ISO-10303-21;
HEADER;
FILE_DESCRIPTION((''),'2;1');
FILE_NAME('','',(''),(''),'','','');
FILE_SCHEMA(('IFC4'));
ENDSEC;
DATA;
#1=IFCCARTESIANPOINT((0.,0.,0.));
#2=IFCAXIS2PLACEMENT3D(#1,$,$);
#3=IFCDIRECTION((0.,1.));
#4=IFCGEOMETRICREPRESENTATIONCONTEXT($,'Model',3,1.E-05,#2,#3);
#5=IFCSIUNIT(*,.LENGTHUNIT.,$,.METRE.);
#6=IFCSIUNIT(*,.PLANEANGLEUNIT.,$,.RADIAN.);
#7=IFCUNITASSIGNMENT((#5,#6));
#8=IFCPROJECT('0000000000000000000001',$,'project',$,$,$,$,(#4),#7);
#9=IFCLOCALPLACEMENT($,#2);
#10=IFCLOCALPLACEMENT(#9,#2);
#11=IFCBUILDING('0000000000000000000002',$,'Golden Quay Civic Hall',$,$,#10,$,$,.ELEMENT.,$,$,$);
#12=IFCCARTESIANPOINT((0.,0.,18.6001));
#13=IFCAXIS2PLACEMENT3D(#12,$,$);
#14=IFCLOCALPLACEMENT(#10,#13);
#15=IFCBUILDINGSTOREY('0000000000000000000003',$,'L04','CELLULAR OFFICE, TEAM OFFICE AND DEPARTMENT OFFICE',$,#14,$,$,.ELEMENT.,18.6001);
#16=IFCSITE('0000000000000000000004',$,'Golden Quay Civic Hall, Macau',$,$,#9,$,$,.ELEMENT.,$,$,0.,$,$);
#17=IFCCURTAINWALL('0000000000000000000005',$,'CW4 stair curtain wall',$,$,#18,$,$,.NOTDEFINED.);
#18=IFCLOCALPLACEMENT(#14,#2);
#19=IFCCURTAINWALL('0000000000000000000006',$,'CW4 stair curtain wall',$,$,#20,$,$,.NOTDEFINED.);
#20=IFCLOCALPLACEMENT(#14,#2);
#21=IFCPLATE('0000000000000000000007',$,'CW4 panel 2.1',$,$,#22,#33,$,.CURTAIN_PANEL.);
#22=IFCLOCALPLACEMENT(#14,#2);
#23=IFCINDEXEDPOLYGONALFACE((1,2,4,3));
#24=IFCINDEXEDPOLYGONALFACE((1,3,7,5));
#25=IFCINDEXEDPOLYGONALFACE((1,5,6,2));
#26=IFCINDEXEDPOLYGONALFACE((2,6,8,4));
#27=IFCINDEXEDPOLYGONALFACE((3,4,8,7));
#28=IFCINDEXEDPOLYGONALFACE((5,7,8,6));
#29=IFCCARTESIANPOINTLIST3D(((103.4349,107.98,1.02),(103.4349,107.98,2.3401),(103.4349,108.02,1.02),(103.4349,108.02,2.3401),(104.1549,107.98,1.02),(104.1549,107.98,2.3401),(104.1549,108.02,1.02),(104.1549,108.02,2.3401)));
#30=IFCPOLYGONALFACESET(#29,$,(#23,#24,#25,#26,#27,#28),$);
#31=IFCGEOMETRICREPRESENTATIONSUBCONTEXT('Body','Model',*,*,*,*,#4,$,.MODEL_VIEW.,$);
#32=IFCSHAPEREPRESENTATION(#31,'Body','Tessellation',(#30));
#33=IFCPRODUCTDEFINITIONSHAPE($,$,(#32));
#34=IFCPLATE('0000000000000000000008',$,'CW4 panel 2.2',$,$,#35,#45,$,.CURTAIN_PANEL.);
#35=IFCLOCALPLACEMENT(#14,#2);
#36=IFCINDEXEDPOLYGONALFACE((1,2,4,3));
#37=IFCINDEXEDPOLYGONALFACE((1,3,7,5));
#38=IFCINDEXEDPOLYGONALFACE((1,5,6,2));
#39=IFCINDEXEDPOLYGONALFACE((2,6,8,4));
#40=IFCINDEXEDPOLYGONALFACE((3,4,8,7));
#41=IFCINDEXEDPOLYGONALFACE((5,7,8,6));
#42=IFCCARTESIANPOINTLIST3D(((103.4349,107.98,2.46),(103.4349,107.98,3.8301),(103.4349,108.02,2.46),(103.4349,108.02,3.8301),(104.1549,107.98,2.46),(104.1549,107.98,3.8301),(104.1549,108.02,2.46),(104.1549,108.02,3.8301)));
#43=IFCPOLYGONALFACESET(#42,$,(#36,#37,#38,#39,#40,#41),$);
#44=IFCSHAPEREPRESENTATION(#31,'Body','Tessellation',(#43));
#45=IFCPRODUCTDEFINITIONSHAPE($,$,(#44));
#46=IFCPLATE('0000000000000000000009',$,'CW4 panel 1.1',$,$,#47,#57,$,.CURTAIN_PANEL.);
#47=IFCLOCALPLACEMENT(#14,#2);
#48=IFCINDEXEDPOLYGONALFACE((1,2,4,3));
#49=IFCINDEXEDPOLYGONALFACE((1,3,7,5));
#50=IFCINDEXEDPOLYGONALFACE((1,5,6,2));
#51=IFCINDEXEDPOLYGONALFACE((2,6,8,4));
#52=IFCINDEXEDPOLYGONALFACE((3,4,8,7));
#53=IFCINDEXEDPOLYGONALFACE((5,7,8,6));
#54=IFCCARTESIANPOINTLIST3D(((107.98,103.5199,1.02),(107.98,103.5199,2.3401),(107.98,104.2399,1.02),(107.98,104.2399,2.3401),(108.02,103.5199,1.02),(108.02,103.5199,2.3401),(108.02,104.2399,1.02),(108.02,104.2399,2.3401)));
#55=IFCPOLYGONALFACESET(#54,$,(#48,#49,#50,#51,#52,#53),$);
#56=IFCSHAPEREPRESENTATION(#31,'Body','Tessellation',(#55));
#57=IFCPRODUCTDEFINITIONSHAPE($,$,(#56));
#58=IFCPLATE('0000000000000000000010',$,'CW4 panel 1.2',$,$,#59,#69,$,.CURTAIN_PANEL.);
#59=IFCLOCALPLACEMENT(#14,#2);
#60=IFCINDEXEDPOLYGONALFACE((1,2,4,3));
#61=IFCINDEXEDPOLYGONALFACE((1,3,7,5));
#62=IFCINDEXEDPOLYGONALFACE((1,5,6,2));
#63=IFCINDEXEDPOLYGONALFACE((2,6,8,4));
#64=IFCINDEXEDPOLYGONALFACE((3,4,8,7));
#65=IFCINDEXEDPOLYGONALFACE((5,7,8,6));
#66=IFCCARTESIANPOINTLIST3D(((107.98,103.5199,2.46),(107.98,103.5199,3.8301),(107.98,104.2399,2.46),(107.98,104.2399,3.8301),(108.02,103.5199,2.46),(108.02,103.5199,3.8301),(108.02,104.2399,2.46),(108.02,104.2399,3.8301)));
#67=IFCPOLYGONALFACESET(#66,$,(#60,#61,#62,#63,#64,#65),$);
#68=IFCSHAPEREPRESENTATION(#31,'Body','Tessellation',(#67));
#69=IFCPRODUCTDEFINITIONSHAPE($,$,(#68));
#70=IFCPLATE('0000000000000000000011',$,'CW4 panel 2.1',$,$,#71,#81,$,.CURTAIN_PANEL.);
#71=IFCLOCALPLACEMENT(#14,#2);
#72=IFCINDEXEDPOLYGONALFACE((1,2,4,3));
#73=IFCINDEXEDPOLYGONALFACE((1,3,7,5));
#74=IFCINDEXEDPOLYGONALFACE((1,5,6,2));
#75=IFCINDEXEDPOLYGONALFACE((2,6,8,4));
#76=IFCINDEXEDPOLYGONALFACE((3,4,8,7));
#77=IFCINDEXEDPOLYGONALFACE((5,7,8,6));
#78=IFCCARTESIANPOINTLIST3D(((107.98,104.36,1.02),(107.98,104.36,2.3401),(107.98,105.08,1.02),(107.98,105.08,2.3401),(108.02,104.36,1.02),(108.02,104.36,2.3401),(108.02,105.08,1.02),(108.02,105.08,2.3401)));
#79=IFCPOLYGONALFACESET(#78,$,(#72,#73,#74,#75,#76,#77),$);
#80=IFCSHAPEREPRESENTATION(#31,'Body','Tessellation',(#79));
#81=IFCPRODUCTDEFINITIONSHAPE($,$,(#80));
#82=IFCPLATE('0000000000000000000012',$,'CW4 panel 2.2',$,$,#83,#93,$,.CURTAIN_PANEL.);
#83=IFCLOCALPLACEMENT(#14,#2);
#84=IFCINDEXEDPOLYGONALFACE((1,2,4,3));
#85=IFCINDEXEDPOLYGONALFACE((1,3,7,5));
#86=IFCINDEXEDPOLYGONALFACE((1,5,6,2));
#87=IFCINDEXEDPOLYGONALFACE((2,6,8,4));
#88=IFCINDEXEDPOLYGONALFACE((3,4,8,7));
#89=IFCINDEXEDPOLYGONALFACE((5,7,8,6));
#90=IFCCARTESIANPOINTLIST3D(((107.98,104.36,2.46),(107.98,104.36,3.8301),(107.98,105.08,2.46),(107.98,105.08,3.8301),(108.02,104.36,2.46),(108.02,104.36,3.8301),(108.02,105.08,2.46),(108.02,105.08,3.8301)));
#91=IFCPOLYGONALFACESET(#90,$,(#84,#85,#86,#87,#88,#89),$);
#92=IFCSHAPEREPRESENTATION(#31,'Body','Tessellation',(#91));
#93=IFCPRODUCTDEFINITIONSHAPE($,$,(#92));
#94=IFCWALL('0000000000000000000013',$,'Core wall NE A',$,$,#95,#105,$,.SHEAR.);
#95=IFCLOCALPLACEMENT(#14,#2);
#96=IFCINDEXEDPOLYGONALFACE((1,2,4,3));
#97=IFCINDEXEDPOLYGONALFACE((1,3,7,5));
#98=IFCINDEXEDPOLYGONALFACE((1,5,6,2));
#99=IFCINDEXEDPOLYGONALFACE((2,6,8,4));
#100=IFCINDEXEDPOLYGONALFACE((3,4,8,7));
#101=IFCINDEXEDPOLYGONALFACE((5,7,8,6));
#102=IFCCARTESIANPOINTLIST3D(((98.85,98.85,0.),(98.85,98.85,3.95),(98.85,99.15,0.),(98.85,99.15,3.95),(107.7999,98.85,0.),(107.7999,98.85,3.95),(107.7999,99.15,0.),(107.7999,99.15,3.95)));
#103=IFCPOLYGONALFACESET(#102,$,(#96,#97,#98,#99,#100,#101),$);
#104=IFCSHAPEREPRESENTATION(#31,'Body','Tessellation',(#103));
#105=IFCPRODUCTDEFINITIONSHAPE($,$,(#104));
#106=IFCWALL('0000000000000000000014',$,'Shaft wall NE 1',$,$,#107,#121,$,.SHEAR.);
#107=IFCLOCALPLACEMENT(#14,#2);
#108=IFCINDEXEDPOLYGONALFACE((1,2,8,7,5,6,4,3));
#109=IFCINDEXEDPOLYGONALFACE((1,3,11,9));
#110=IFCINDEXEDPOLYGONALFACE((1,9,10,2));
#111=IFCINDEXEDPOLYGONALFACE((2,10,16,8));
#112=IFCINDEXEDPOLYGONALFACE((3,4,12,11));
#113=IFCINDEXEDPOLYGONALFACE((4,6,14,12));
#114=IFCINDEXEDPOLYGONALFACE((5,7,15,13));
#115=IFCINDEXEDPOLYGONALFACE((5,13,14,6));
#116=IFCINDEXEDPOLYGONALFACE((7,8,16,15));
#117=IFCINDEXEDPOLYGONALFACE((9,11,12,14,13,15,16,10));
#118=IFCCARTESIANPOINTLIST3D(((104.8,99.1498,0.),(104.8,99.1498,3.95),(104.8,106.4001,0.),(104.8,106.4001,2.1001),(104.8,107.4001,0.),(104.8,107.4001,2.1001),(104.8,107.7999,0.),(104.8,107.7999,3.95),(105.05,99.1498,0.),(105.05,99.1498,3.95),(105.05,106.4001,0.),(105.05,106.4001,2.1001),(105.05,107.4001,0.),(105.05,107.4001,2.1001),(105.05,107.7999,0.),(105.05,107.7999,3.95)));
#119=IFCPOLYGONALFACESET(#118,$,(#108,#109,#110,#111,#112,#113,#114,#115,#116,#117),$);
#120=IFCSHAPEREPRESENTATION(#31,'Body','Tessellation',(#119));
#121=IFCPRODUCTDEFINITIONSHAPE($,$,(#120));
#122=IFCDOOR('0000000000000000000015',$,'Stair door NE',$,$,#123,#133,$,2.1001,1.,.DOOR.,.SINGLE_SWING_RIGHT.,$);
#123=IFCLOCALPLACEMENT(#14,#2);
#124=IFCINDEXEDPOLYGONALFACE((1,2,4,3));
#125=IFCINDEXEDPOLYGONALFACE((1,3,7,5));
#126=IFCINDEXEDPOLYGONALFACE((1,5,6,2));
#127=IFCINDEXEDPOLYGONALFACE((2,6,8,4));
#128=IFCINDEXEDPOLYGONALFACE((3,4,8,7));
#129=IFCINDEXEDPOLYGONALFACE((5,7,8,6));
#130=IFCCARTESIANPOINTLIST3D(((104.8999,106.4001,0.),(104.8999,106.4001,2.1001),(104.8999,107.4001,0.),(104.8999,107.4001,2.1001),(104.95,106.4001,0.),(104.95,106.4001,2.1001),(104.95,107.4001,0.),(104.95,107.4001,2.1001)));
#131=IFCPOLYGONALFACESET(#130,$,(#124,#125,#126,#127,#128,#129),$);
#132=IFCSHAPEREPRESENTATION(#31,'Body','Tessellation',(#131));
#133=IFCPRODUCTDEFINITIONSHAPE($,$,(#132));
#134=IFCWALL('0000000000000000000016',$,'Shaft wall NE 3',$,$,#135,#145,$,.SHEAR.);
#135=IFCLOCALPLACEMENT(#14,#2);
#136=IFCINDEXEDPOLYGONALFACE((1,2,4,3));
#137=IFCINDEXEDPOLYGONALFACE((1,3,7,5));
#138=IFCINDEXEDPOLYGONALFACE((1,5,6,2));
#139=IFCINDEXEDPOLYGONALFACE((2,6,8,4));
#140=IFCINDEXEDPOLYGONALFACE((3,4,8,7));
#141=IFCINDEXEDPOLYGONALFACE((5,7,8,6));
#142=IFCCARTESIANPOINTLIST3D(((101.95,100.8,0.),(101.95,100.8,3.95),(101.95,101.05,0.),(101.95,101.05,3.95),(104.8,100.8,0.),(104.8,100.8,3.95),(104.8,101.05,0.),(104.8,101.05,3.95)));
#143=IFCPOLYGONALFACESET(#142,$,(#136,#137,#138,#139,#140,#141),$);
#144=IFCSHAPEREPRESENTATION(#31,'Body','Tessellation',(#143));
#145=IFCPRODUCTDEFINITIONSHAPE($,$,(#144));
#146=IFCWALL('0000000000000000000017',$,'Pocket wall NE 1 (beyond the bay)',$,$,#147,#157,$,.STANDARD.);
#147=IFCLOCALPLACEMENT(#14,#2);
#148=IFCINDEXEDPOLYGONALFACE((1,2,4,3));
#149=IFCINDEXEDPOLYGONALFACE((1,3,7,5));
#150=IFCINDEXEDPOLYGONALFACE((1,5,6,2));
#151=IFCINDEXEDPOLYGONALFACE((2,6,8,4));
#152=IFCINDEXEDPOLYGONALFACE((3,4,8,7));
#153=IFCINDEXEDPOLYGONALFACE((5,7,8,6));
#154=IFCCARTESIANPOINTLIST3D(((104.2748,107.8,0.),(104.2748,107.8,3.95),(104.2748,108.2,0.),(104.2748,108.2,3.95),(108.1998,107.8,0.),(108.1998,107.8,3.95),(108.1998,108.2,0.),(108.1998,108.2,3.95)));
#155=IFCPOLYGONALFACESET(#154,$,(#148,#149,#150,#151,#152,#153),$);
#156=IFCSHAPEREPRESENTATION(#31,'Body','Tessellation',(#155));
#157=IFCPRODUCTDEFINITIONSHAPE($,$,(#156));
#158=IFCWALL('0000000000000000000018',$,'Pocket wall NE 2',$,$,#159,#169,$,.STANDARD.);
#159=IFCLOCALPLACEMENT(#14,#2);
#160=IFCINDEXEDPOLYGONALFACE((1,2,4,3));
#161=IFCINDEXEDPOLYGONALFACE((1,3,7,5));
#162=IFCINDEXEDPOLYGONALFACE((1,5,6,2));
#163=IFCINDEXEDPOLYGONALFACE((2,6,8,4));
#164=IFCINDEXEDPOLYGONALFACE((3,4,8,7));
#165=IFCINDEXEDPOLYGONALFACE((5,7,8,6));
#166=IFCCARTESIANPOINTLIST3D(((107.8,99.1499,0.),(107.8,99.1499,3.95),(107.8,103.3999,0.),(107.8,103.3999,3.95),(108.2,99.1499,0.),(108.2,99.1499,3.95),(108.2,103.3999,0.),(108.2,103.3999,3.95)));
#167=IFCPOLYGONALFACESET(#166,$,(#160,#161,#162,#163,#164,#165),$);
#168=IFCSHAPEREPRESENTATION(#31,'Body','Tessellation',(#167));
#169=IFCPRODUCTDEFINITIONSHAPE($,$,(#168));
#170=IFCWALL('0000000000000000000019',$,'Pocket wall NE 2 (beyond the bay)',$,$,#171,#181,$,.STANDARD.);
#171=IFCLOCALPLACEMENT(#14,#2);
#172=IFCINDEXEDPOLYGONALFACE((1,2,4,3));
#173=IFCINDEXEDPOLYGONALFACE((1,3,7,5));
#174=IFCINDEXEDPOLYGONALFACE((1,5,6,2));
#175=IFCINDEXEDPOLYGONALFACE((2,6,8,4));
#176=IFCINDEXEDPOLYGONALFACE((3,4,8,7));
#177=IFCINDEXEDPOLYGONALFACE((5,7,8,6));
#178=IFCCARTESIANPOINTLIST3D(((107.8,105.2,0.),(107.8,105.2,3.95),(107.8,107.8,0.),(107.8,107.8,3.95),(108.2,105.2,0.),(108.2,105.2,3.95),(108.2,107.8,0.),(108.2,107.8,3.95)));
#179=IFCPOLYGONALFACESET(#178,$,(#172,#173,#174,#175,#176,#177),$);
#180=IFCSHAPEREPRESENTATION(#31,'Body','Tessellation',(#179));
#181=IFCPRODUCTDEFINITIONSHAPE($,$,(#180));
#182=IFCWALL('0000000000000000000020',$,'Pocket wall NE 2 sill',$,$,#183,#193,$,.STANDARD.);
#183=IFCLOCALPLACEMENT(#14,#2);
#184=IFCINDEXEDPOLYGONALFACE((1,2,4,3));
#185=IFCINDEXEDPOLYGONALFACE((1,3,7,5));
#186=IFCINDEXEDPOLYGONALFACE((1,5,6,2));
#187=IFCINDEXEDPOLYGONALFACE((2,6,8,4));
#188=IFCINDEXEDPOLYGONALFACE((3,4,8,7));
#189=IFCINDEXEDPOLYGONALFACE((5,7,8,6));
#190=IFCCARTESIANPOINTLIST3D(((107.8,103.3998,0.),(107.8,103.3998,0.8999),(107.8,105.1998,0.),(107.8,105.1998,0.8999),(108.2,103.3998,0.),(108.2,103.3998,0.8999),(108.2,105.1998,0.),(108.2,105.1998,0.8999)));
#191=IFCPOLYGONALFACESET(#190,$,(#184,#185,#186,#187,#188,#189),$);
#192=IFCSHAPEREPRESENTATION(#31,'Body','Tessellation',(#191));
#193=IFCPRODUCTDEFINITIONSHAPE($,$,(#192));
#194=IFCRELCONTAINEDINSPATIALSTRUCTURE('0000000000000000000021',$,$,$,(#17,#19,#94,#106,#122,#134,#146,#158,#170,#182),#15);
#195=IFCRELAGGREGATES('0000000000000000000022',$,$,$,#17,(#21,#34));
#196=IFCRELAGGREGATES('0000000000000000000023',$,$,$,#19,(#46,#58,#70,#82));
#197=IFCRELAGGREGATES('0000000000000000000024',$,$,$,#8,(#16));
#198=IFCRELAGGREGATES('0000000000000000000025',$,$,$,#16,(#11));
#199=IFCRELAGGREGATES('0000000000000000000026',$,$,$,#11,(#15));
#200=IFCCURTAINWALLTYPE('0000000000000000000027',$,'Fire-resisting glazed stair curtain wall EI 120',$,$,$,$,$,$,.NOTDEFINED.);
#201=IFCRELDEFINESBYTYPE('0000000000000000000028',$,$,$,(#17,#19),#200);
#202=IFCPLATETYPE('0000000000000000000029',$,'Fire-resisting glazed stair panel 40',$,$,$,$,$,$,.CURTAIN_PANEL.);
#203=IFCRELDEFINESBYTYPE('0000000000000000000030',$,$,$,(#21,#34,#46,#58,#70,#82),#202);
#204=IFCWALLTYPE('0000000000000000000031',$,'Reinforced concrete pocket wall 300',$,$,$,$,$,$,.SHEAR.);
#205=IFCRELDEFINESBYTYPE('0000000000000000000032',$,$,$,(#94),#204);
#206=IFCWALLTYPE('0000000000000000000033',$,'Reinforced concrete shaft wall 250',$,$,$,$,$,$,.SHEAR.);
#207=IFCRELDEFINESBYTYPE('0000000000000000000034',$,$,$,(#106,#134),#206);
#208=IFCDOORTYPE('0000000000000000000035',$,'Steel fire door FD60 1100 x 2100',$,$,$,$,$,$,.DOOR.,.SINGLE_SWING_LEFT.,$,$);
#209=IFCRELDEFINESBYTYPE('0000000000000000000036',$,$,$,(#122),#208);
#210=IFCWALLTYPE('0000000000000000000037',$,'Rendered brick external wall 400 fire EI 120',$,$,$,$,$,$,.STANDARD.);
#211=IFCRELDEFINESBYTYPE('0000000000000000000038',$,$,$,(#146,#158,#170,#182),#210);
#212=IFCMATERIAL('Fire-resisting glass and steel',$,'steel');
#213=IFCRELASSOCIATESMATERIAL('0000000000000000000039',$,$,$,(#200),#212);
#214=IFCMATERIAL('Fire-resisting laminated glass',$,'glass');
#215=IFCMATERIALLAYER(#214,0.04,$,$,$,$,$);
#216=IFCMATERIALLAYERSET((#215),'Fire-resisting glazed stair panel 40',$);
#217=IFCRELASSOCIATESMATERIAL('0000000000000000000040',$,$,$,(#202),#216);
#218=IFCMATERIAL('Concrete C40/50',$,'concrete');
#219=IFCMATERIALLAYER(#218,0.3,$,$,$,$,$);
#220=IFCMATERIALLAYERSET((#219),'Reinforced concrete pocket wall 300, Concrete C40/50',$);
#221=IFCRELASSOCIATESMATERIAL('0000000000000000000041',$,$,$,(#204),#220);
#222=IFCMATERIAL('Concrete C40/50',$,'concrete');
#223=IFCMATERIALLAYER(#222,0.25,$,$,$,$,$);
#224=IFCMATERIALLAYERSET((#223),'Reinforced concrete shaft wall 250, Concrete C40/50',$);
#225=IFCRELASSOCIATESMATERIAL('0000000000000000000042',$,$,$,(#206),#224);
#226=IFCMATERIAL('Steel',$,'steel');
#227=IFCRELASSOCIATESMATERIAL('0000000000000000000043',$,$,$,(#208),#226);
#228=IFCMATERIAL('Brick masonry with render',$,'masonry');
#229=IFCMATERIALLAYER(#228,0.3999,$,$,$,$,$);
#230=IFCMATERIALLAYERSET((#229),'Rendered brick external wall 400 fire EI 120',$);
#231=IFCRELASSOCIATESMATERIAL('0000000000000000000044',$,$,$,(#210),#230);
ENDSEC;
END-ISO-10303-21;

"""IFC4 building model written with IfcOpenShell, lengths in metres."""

from ifc_helpers import new_model, si_unit, direction, frame, frame_2d, origin, origin_2d, place, context, subcontext, project, spatial, rectangle, extrude, material, layer, layer_set, type_object, element, fill, aggregate, save


model = new_model("IFC4")

# Units and contexts
model_context = context("Model", 3, precision=1e-05, world=origin(), true_north=direction((0.0, 1.0)))
body_context = subcontext(model_context, "Body", "Model", "MODEL_VIEW")
ifc_project = project(units=[si_unit("LENGTHUNIT", "METRE"), si_unit("PLANEANGLEUNIT", "RADIAN")], contexts=[model_context])

# Site, building, storey
site_placement = place(None, origin())
site = spatial("IfcSite", under=ifc_project, at=site_placement, Name="Golden Quay Civic Hall, Macau", CompositionType="ELEMENT", RefElevation=0.0)
building_placement = place(site_placement, origin())
building = spatial("IfcBuilding", under=site, at=building_placement, Name="Golden Quay Civic Hall", CompositionType="ELEMENT")
storey_placement = place(building_placement, frame((0.0, 0.0, 18.6001)))
storey = spatial("IfcBuildingStorey", under=building, at=storey_placement, Name="L04", Description="CELLULAR OFFICE, TEAM OFFICE AND DEPARTMENT OFFICE", CompositionType="ELEMENT", Elevation=18.6001)

# Curtain wall
ifc_material_1 = material(Name="Fire-resisting glass and steel", Category="steel")
curtain_wall_type = type_object("IfcCurtainWallType", Name="Fire-resisting glazed stair curtain wall EI 120", PredefinedType="NOTDEFINED", material=ifc_material_1)
curtain_wall_1_placement = place(storey_placement, origin())
curtain_wall_1 = element("IfcCurtainWall", 1, at=curtain_wall_1_placement, inside=storey, type_object=curtain_wall_type, Name="CW4 stair curtain wall", PredefinedType="NOTDEFINED")

# Curtain wall
curtain_wall_2_placement = place(storey_placement, origin())
curtain_wall_2 = element("IfcCurtainWall", 2, at=curtain_wall_2_placement, inside=storey, type_object=curtain_wall_type, Name="CW4 stair curtain wall", PredefinedType="NOTDEFINED")

# Plates
ifc_material_2 = material(Name="Fire-resisting laminated glass", Category="glass")
ifc_layer_1 = layer(ifc_material_2, 0.04)
ifc_layer_set_1 = layer_set([ifc_layer_1], Name="Fire-resisting glazed stair panel 40")
plate_type = type_object("IfcPlateType", Name="Fire-resisting glazed stair panel 40", PredefinedType="CURTAIN_PANEL", material=ifc_layer_set_1)
plate_1_placement = place(storey_placement, frame((103.7949, 108.0, 1.02), z_axis=(0.0, 0.0, 1.0), x_axis=(1.0, 0.0, 0.0)))
plate_1 = element("IfcPlate", 3, at=plate_1_placement, type_object=plate_type, Name="CW4 panel 2.1", PredefinedType="CURTAIN_PANEL", context=body_context, shape_type="SweptSolid", body=[
    extrude(rectangle(XDim=0.72, YDim=0.04, at=origin_2d()), origin(), (0.0, 0.0, 1.0), 1.3201),
])
plate_2_placement = place(storey_placement, frame((103.7949, 108.0, 2.46), z_axis=(0.0, 0.0, 1.0), x_axis=(1.0, 0.0, 0.0)))
plate_2 = element("IfcPlate", 4, at=plate_2_placement, type_object=plate_type, Name="CW4 panel 2.2", PredefinedType="CURTAIN_PANEL", context=body_context, shape_type="SweptSolid", body=[
    extrude(rectangle(XDim=0.72, YDim=0.04, at=origin_2d()), origin(), (0.0, 0.0, 1.0), 1.3701),
])
aggregate(curtain_wall_1, [plate_1, plate_2])
plate_3_placement = place(storey_placement, frame((108.0, 103.8799, 1.02), z_axis=(0.0, 0.0, 1.0), x_axis=(0.0, 1.0, 0.0)))
plate_3 = element("IfcPlate", 5, at=plate_3_placement, type_object=plate_type, Name="CW4 panel 1.1", PredefinedType="CURTAIN_PANEL", context=body_context, shape_type="SweptSolid", body=[
    extrude(rectangle(XDim=0.72, YDim=0.04, at=origin_2d()), origin(), (0.0, 0.0, 1.0), 1.3201),
])
plate_4_placement = place(storey_placement, frame((108.0, 103.8799, 2.46), z_axis=(0.0, 0.0, 1.0), x_axis=(0.0, 1.0, 0.0)))
plate_4 = element("IfcPlate", 6, at=plate_4_placement, type_object=plate_type, Name="CW4 panel 1.2", PredefinedType="CURTAIN_PANEL", context=body_context, shape_type="SweptSolid", body=[
    extrude(rectangle(XDim=0.72, YDim=0.04, at=origin_2d()), origin(), (0.0, 0.0, 1.0), 1.3701),
])
plate_5_placement = place(storey_placement, frame((108.0, 104.72, 1.02), z_axis=(0.0, 0.0, 1.0), x_axis=(0.0, 1.0, 0.0)))
plate_5 = element("IfcPlate", 7, at=plate_5_placement, type_object=plate_type, Name="CW4 panel 2.1", PredefinedType="CURTAIN_PANEL", context=body_context, shape_type="SweptSolid", body=[
    extrude(rectangle(XDim=0.72, YDim=0.04, at=origin_2d()), origin(), (0.0, 0.0, 1.0), 1.3201),
])
plate_6_placement = place(storey_placement, frame((108.0, 104.72, 2.46), z_axis=(0.0, 0.0, 1.0), x_axis=(0.0, 1.0, 0.0)))
plate_6 = element("IfcPlate", 8, at=plate_6_placement, type_object=plate_type, Name="CW4 panel 2.2", PredefinedType="CURTAIN_PANEL", context=body_context, shape_type="SweptSolid", body=[
    extrude(rectangle(XDim=0.72, YDim=0.04, at=origin_2d()), origin(), (0.0, 0.0, 1.0), 1.3701),
])
aggregate(curtain_wall_2, [plate_3, plate_4, plate_5, plate_6])

# Wall
ifc_material_3 = material(Name="Concrete C40/50", Category="concrete")
ifc_layer_2 = layer(ifc_material_3, 0.3)
ifc_layer_set_2 = layer_set([ifc_layer_2], Name="Reinforced concrete pocket wall 300, Concrete C40/50")
wall_type_1 = type_object("IfcWallType", Name="Reinforced concrete pocket wall 300", PredefinedType="SHEAR", material=ifc_layer_set_2)
wall_1_placement = place(storey_placement, frame((107.8, 99.0, 0.0), z_axis=(0.0, 0.0, 1.0), x_axis=(-1.0, 0.0, 0.0)))
element("IfcWall", 9, at=wall_1_placement, inside=storey, type_object=wall_type_1, Name="Core wall NE A", PredefinedType="SHEAR", context=body_context, shape_type="SweptSolid", body=[
    extrude(rectangle(XDim=8.95, YDim=0.3, at=frame_2d((4.4751, 0.0))), origin(), (0.0, 0.0, 1.0), 3.95),
])

# Wall, opening, door
ifc_material_4 = material(Name="Concrete C40/50", Category="concrete")
ifc_layer_3 = layer(ifc_material_4, 0.25)
ifc_layer_set_3 = layer_set([ifc_layer_3], Name="Reinforced concrete shaft wall 250, Concrete C40/50")
wall_type_2 = type_object("IfcWallType", Name="Reinforced concrete shaft wall 250", PredefinedType="SHEAR", material=ifc_layer_set_3)
wall_2_placement = place(storey_placement, frame((104.925, 107.8, 0.0), z_axis=(0.0, 0.0, 1.0), x_axis=(0.0, -1.0, 0.0)))
wall_2 = element("IfcWall", 10, at=wall_2_placement, inside=storey, type_object=wall_type_2, Name="Shaft wall NE 1", PredefinedType="SHEAR", context=body_context, shape_type="SweptSolid", body=[
    extrude(rectangle(XDim=8.6501, YDim=0.25, at=frame_2d((4.3252, 0.0))), origin(), (0.0, 0.0, 1.0), 3.95),
])
opening_placement = place(wall_2_placement, frame((0.3999, 0.0, 0.0)))
opening = element("IfcOpeningElement", 11, at=opening_placement, cuts=wall_2, PredefinedType="OPENING", context=body_context, shape_type="SweptSolid", body=[
    extrude(rectangle(XDim=1.0, YDim=2.1001, at=frame_2d((0.5, 1.05))), frame((0.0, 0.135, 0.0), z_axis=(0.0, -1.0, 0.0), x_axis=(1.0, 0.0, 0.0)), (0.0, 0.0, 1.0), 0.27),
])
ifc_material_5 = material(Name="Steel", Category="steel")
door_type = type_object("IfcDoorType", Name="Steel fire door FD60 1100 x 2100", OperationType="SINGLE_SWING_LEFT", PredefinedType="DOOR", material=ifc_material_5)
door_placement = place(opening_placement, frame((1.0, 0.0, 0.0), z_axis=(0.0, 0.0, 1.0), x_axis=(-1.0, 0.0, 0.0)))
door = element("IfcDoor", 12, at=door_placement, inside=storey, type_object=door_type, Name="Stair door NE", OperationType="SINGLE_SWING_RIGHT", OverallHeight=2.1001, OverallWidth=1.0, PredefinedType="DOOR", context=body_context, shape_type="SweptSolid", body=[
    extrude(rectangle(XDim=1.0, YDim=2.1001, at=frame_2d((0.5, 1.05))), frame((0.0, 0.0251, 0.0), z_axis=(0.0, -1.0, 0.0), x_axis=(1.0, 0.0, 0.0)), (0.0, 0.0, 1.0), 0.05),
])
fill(opening, door)

# Walls
wall_3_placement = place(storey_placement, frame((104.8, 100.925, 0.0), z_axis=(0.0, 0.0, 1.0), x_axis=(-1.0, 0.0, 0.0)))
element("IfcWall", 13, at=wall_3_placement, inside=storey, type_object=wall_type_2, Name="Shaft wall NE 3", PredefinedType="SHEAR", context=body_context, shape_type="SweptSolid", body=[
    extrude(rectangle(XDim=2.8501, YDim=0.25, at=frame_2d((1.425, 0.0))), origin(), (0.0, 0.0, 1.0), 3.95),
])
ifc_material_6 = material(Name="Brick masonry with render", Category="masonry")
ifc_layer_4 = layer(ifc_material_6, 0.3999)
ifc_layer_set_4 = layer_set([ifc_layer_4], Name="Rendered brick external wall 400 fire EI 120")
wall_type_3 = type_object("IfcWallType", Name="Rendered brick external wall 400 fire EI 120", PredefinedType="STANDARD", material=ifc_layer_set_4)
wall_4_placement = place(storey_placement, frame((104.2749, 108.0, 0.0), z_axis=(0.0, 0.0, 1.0), x_axis=(1.0, 0.0, 0.0)))
element("IfcWall", 14, at=wall_4_placement, inside=storey, type_object=wall_type_3, Name="Pocket wall NE 1 (beyond the bay)", PredefinedType="STANDARD", context=body_context, shape_type="SweptSolid", body=[
    extrude(rectangle(XDim=3.925, YDim=0.3999, at=frame_2d((1.9624, 0.0))), origin(), (0.0, 0.0, 1.0), 3.95),
])
wall_5_placement = place(storey_placement, frame((108.0, 99.1499, 0.0), z_axis=(0.0, 0.0, 1.0), x_axis=(0.0, 1.0, 0.0)))
element("IfcWall", 15, at=wall_5_placement, inside=storey, type_object=wall_type_3, Name="Pocket wall NE 2", PredefinedType="STANDARD", context=body_context, shape_type="SweptSolid", body=[
    extrude(rectangle(XDim=4.25, YDim=0.3999, at=frame_2d((2.125, 0.0))), origin(), (0.0, 0.0, 1.0), 3.95),
])
wall_6_placement = place(storey_placement, frame((108.0, 105.2, 0.0), z_axis=(0.0, 0.0, 1.0), x_axis=(0.0, 1.0, 0.0)))
element("IfcWall", 16, at=wall_6_placement, inside=storey, type_object=wall_type_3, Name="Pocket wall NE 2 (beyond the bay)", PredefinedType="STANDARD", context=body_context, shape_type="SweptSolid", body=[
    extrude(rectangle(XDim=2.6001, YDim=0.3999, at=frame_2d((1.3, 0.0))), origin(), (0.0, 0.0, 1.0), 3.95),
])
wall_7_placement = place(storey_placement, frame((108.0, 103.3999, 0.0), z_axis=(0.0, 0.0, 1.0), x_axis=(0.0, 1.0, 0.0)))
element("IfcWall", 17, at=wall_7_placement, inside=storey, type_object=wall_type_3, Name="Pocket wall NE 2 sill", PredefinedType="STANDARD", context=body_context, shape_type="SweptSolid", body=[
    extrude(rectangle(XDim=1.8, YDim=0.3999, at=frame_2d((0.8999, 0.0))), origin(), (0.0, 0.0, 1.0), 0.8999),
])

save(model, "model.ifc")
